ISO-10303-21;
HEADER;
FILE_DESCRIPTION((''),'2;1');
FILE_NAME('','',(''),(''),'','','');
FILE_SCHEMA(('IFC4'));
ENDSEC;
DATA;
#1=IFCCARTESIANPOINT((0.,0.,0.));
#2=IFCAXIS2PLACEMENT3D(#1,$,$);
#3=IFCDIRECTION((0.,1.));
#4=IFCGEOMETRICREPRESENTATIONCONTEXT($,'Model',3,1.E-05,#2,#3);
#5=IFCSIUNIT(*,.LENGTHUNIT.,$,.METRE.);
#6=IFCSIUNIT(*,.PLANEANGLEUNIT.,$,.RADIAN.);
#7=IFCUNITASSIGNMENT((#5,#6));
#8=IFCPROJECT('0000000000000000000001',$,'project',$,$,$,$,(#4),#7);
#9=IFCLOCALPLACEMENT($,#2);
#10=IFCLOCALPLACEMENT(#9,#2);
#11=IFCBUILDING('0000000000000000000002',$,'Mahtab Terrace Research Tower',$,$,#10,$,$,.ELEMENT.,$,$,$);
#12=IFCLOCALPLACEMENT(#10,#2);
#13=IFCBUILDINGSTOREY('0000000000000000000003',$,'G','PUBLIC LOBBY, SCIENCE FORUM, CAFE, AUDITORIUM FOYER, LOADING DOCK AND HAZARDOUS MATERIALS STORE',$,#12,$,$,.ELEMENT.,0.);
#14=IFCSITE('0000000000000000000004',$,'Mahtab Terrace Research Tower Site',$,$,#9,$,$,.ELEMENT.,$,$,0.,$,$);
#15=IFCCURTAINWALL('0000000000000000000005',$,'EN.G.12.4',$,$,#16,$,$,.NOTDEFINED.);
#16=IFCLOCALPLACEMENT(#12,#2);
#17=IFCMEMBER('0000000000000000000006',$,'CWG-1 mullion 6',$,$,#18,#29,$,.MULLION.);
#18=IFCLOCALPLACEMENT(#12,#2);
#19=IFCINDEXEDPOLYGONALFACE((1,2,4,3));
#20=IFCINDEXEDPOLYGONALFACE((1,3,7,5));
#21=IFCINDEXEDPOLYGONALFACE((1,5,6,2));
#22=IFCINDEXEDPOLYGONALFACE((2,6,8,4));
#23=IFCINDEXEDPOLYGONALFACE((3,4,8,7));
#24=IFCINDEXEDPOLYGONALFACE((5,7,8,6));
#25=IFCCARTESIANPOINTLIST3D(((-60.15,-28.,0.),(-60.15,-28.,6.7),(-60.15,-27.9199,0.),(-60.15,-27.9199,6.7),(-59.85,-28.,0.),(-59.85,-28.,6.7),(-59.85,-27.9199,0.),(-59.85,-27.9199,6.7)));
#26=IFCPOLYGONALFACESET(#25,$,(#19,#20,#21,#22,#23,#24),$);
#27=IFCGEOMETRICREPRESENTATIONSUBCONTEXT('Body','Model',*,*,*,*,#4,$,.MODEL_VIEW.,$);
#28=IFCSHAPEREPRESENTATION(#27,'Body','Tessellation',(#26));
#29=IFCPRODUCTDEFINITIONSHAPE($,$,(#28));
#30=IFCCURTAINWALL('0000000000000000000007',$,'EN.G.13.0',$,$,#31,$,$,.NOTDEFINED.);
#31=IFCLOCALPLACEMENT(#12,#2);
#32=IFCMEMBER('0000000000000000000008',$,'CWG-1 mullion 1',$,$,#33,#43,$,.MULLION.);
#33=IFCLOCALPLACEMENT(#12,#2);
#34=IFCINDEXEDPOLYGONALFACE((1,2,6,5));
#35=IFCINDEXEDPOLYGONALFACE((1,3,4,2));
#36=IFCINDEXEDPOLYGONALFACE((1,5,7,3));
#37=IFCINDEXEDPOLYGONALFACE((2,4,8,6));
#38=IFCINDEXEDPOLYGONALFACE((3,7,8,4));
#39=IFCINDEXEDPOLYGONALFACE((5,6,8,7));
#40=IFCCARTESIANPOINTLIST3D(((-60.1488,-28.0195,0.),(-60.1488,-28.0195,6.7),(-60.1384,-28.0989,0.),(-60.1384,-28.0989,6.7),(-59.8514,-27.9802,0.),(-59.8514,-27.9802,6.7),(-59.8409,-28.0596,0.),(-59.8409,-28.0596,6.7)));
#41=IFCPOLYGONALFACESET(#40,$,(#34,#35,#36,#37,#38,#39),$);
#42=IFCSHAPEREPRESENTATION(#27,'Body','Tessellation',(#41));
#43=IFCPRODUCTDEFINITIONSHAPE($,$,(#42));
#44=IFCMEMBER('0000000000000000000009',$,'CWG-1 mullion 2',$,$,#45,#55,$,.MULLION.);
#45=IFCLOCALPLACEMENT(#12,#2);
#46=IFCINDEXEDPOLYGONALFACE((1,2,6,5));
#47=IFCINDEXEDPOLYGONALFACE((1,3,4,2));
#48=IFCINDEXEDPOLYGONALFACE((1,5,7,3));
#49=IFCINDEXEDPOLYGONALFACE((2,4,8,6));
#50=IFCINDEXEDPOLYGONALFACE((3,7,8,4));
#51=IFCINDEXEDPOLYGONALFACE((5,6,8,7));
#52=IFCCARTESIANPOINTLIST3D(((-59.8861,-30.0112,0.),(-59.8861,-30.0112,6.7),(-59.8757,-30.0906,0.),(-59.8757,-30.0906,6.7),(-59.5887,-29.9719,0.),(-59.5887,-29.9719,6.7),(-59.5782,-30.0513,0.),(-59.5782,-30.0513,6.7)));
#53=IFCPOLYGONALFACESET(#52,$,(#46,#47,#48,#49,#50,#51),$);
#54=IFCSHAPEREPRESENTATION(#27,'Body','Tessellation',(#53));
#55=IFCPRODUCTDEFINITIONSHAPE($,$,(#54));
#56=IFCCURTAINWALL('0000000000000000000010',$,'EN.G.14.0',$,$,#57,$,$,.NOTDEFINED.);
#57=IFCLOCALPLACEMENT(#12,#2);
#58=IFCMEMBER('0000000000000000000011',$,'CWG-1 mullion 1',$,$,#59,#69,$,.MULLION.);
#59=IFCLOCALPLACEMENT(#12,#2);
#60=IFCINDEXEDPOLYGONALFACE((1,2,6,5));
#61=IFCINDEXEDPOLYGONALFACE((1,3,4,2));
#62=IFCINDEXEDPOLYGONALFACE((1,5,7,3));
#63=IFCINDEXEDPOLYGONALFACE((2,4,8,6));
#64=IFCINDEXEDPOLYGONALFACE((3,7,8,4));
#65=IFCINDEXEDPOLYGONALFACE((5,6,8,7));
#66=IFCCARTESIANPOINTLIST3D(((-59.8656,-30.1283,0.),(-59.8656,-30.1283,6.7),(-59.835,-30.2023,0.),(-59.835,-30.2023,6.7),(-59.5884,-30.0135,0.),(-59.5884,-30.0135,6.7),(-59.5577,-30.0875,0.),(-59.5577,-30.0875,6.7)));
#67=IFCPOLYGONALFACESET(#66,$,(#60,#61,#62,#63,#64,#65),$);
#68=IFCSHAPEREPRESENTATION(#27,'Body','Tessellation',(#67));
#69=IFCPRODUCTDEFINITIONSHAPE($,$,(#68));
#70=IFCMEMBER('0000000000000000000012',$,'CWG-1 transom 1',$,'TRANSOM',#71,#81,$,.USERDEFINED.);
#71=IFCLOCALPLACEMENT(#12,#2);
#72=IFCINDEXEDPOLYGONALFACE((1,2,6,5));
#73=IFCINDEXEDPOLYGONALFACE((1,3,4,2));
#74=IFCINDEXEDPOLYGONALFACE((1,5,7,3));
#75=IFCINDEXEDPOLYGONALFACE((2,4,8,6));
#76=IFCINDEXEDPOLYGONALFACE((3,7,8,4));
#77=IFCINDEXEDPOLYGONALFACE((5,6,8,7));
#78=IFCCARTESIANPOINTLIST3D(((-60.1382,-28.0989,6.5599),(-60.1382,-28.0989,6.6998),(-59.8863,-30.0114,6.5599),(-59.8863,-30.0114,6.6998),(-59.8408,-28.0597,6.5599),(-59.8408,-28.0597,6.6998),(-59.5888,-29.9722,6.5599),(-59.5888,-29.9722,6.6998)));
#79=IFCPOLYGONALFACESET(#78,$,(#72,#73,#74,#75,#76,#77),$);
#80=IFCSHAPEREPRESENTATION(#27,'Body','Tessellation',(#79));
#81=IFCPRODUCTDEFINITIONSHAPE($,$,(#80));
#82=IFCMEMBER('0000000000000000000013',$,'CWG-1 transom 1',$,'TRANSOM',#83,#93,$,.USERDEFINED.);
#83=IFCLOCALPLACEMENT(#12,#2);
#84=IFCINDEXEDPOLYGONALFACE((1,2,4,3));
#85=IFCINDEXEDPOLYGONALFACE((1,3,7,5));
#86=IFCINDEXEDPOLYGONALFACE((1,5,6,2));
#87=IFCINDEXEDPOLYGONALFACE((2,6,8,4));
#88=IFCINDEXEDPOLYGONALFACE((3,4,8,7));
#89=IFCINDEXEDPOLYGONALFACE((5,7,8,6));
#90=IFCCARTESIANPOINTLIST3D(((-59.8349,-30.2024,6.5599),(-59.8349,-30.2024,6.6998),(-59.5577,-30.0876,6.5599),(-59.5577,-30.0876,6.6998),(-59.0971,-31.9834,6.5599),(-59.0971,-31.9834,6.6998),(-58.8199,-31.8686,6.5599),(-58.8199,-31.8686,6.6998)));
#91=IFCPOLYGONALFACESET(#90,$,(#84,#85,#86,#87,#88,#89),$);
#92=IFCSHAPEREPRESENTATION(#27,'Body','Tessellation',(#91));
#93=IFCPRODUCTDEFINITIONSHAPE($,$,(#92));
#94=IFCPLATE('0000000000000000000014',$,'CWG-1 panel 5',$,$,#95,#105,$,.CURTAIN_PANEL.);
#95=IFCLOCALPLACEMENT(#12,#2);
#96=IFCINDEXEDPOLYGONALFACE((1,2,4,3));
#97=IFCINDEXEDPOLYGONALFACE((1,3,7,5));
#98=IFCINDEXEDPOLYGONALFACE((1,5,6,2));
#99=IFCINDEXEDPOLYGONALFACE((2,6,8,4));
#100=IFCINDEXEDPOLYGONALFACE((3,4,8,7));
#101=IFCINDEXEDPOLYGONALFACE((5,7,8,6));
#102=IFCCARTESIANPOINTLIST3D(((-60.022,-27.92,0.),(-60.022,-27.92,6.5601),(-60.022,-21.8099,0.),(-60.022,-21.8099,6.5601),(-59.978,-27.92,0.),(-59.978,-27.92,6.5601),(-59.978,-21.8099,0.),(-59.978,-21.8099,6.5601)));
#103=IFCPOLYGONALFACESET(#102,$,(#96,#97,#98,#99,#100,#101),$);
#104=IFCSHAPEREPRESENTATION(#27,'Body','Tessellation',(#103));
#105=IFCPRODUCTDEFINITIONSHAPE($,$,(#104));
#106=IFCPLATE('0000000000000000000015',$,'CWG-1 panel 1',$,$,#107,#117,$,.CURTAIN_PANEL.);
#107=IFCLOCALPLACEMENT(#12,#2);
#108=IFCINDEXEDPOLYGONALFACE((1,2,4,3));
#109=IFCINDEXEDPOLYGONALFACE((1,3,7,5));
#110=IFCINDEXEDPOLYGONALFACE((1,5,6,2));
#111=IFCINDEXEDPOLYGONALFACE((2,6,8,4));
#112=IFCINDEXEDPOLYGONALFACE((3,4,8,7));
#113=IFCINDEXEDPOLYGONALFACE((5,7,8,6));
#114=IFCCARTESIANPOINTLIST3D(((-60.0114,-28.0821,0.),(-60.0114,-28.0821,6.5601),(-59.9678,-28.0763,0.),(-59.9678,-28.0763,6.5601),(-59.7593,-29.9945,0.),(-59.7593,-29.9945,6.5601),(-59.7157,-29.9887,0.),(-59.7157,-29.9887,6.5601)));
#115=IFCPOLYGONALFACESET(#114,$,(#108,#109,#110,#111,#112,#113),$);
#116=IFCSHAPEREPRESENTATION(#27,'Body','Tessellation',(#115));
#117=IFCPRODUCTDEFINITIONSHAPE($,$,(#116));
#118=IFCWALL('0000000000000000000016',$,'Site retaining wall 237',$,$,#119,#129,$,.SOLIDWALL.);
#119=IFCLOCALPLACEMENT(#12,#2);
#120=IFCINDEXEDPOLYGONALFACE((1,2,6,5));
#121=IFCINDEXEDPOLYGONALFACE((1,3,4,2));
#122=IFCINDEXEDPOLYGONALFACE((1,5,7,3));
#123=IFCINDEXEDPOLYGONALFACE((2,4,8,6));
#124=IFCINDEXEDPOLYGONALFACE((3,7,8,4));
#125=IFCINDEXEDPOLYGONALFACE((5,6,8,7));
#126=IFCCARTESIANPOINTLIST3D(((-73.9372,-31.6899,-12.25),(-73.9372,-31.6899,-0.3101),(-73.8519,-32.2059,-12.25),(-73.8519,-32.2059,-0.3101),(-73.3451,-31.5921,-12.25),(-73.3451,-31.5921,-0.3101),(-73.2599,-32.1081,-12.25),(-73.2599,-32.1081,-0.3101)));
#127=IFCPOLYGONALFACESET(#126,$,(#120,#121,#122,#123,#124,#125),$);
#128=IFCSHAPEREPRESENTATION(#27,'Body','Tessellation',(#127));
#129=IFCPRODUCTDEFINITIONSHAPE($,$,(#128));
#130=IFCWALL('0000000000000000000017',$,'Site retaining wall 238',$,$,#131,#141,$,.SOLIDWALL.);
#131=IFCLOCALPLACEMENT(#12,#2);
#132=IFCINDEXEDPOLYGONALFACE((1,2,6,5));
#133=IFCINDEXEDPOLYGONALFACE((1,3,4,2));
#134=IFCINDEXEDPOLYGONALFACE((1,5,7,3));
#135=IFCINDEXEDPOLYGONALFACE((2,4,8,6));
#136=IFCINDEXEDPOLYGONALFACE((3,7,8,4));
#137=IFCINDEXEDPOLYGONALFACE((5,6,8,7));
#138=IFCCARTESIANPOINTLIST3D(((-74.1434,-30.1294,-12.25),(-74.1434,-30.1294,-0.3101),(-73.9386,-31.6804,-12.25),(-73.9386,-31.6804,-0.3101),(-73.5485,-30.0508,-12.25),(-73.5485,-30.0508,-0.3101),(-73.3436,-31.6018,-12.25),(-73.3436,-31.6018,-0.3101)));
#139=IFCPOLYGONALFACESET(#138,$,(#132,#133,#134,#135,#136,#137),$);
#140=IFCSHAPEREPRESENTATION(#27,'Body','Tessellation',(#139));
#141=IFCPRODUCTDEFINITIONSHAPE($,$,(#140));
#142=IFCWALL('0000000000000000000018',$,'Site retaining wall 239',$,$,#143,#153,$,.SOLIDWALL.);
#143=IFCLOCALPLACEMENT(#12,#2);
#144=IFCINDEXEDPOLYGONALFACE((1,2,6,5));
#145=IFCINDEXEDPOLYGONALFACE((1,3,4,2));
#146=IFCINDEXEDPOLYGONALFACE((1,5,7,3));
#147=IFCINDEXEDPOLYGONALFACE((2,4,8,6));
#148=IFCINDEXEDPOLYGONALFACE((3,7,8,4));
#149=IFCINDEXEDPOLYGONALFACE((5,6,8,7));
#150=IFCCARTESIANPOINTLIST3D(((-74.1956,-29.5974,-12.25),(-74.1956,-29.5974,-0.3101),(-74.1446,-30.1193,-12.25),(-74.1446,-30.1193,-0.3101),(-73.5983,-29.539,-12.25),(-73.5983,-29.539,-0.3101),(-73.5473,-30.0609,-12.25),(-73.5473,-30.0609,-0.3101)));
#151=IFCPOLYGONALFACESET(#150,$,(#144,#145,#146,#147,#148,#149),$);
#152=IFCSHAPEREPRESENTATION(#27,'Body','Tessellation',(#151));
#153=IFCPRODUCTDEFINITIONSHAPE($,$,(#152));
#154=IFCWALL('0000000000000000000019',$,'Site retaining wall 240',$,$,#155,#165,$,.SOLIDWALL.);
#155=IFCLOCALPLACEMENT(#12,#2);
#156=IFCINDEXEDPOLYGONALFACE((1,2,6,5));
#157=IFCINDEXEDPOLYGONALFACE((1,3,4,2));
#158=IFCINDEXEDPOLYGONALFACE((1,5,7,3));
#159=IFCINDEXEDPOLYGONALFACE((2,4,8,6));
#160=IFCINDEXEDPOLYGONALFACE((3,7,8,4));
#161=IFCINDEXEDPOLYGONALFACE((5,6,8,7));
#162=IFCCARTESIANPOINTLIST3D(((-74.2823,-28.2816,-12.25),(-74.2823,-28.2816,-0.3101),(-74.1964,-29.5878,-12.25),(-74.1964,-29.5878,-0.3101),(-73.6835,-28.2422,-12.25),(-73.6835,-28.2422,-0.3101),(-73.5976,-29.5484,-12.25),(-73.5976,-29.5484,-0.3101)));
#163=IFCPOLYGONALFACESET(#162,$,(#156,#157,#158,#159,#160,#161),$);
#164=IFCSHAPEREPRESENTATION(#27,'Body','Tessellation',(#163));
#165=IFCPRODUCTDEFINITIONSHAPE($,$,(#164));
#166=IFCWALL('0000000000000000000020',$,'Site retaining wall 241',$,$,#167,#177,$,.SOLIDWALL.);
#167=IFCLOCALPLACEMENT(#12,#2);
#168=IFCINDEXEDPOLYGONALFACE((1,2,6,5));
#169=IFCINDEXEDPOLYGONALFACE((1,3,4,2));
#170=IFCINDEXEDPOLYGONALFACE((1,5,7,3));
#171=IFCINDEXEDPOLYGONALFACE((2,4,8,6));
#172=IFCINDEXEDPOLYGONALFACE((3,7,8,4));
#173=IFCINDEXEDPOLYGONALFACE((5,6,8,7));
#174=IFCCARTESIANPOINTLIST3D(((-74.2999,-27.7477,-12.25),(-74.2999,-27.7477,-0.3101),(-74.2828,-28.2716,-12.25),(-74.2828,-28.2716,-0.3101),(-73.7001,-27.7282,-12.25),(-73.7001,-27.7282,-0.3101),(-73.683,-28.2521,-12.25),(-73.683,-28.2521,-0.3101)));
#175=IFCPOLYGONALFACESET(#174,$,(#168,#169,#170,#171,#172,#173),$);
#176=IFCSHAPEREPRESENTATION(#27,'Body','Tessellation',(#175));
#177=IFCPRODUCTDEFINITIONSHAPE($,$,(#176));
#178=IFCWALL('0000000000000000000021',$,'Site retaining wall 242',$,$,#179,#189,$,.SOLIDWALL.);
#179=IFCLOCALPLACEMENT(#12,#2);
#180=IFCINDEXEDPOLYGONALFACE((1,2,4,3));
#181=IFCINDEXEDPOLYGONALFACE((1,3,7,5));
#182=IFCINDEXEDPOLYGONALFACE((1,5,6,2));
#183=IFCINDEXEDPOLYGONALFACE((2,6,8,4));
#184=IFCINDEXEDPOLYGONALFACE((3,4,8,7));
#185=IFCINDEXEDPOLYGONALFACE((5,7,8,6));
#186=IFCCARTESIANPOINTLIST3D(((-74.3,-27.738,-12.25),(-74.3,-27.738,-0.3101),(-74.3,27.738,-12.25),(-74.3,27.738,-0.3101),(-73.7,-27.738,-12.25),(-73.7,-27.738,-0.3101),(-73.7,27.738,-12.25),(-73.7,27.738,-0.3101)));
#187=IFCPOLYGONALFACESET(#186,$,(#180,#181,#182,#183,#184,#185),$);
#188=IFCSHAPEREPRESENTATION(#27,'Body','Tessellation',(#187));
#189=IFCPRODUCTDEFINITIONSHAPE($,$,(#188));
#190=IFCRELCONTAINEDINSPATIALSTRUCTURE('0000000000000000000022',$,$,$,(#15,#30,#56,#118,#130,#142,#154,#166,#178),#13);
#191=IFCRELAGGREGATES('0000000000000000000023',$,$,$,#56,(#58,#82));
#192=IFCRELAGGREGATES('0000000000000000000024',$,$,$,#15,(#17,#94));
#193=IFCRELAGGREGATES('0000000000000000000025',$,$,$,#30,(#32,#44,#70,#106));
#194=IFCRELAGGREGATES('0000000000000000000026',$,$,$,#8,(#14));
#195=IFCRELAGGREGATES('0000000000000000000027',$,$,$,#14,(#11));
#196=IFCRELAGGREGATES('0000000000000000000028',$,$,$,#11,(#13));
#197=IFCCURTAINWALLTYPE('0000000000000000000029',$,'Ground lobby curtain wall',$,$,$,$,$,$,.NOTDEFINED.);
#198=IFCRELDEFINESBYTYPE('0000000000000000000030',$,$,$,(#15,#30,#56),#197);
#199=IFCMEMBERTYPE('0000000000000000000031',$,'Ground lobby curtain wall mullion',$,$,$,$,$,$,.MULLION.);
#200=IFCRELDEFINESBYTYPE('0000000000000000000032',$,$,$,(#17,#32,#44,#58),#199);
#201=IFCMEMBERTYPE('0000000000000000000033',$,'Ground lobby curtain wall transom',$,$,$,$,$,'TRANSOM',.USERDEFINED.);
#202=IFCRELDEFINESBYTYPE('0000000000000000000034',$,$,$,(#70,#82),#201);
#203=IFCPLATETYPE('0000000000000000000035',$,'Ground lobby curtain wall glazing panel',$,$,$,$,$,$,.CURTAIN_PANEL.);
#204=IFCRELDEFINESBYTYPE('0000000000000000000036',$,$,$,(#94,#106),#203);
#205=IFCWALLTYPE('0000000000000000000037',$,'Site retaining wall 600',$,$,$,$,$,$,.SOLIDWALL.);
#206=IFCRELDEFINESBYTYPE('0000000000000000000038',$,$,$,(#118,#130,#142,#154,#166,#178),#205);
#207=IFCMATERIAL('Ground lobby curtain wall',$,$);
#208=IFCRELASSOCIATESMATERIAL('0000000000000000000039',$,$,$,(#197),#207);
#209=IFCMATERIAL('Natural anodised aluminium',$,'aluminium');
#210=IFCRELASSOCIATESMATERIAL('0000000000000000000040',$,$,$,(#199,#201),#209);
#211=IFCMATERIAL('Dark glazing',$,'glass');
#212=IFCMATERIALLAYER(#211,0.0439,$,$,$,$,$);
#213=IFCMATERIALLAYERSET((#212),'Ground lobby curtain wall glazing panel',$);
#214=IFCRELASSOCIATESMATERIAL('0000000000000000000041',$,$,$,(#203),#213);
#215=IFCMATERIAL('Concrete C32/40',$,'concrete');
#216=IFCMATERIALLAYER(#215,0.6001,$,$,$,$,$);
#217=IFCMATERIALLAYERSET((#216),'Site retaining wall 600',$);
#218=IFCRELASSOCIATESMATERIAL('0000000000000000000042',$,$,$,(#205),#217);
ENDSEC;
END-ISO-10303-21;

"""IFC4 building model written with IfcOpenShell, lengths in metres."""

from ifc_helpers import new_model, si_unit, direction, frame, frame_2d, origin, origin_2d, place, context, subcontext, project, spatial, rectangle, extrude, material, layer, layer_set, material_profile, profile_set, type_object, element, aggregate, save


model = new_model("IFC4")

# Units and contexts
model_context = context("Model", 3, precision=1e-05, world=origin(), true_north=direction((0.0, 1.0)))
body_context = subcontext(model_context, "Body", "Model", "MODEL_VIEW")
ifc_project = project(units=[si_unit("LENGTHUNIT", "METRE"), si_unit("PLANEANGLEUNIT", "RADIAN")], contexts=[model_context])

# Site, building, storey
site_placement = place(None, origin())
site = spatial("IfcSite", under=ifc_project, at=site_placement, Name="Mahtab Terrace Research Tower Site", CompositionType="ELEMENT", RefElevation=0.0)
building_placement = place(site_placement, origin())
building = spatial("IfcBuilding", under=site, at=building_placement, Name="Mahtab Terrace Research Tower", CompositionType="ELEMENT")
storey_placement = place(building_placement, origin())
storey = spatial("IfcBuildingStorey", under=building, at=storey_placement, Name="G", Description="PUBLIC LOBBY, SCIENCE FORUM, CAFE, AUDITORIUM FOYER, LOADING DOCK AND HAZARDOUS MATERIALS STORE", CompositionType="ELEMENT", Elevation=0.0)

# Curtain wall, member
ifc_material_1 = material(Name="Ground lobby curtain wall")
curtain_wall_type = type_object("IfcCurtainWallType", Name="Ground lobby curtain wall", PredefinedType="NOTDEFINED", material=ifc_material_1)
curtain_wall_1_placement = place(storey_placement, origin())
curtain_wall_1 = element("IfcCurtainWall", 1, at=curtain_wall_1_placement, inside=storey, type_object=curtain_wall_type, Name="EN.G.12.4", PredefinedType="NOTDEFINED")
ifc_material_2 = material(Name="Natural anodised aluminium", Category="aluminium")
ifc_material_profile_1 = material_profile(ifc_material_2, rectangle(XDim=0.3, YDim=0.0801, at=origin_2d()), Name="MULLION 80x300")
ifc_profile_set_1 = profile_set([ifc_material_profile_1], Name="Natural anodised aluminium")
member_type_1 = type_object("IfcMemberType", Name="Ground lobby curtain wall mullion", PredefinedType="MULLION", material=ifc_profile_set_1)
member_1_placement = place(storey_placement, frame((-60.0, -27.96, 0.0), z_axis=(0.0, 0.0, 1.0), x_axis=(1.0, 0.0, 0.0)))
member_1 = element("IfcMember", 2, at=member_1_placement, type_object=member_type_1, Name="CWG-1 mullion 6", PredefinedType="MULLION", context=body_context, shape_type="SweptSolid", body=[
    extrude(rectangle(XDim=0.3, YDim=0.0801, at=origin_2d()), origin(), (0.0, 0.0, 1.0), 6.7),
])

# Curtain wall, members
curtain_wall_2_placement = place(storey_placement, origin())
curtain_wall_2 = element("IfcCurtainWall", 3, at=curtain_wall_2_placement, inside=storey, type_object=curtain_wall_type, Name="EN.G.13.0", PredefinedType="NOTDEFINED")
member_2_placement = place(storey_placement, frame((-59.9949, -28.0396, 0.0), z_axis=(0.0, 0.0, 1.0), x_axis=(0.991423, 0.13069, 0.0)))
member_2 = element("IfcMember", 4, at=member_2_placement, type_object=member_type_1, Name="CWG-1 mullion 1", PredefinedType="MULLION", context=body_context, shape_type="SweptSolid", body=[
    extrude(rectangle(XDim=0.3, YDim=0.0801, at=origin_2d()), origin(), (0.0, 0.0, 1.0), 6.7),
])
member_3_placement = place(storey_placement, frame((-59.7322, -30.0312, 0.0), z_axis=(0.0, 0.0, 1.0), x_axis=(0.991423, 0.13069, 0.0)))
member_3 = element("IfcMember", 5, at=member_3_placement, type_object=member_type_1, Name="CWG-1 mullion 2", PredefinedType="MULLION", context=body_context, shape_type="SweptSolid", body=[
    extrude(rectangle(XDim=0.3, YDim=0.0801, at=origin_2d()), origin(), (0.0, 0.0, 1.0), 6.7),
])

# Curtain wall, member
curtain_wall_3_placement = place(storey_placement, origin())
curtain_wall_3 = element("IfcCurtainWall", 6, at=curtain_wall_3_placement, inside=storey, type_object=curtain_wall_type, Name="EN.G.14.0", PredefinedType="NOTDEFINED")
member_4_placement = place(storey_placement, frame((-59.7117, -30.1079, 0.0), z_axis=(0.0, 0.0, 1.0), x_axis=(0.923883, 0.382676, 0.0)))
member_4 = element("IfcMember", 7, at=member_4_placement, type_object=member_type_1, Name="CWG-1 mullion 1", PredefinedType="MULLION", context=body_context, shape_type="SweptSolid", body=[
    extrude(rectangle(XDim=0.3, YDim=0.0801, at=origin_2d()), origin(), (0.0, 0.0, 1.0), 6.7),
])

# Members
ifc_material_profile_2 = material_profile(ifc_material_2, rectangle(XDim=0.3, YDim=0.1399, at=origin_2d()), Name="TRANSOM 140x300")
ifc_profile_set_2 = profile_set([ifc_material_profile_2], Name="Natural anodised aluminium")
member_type_2 = type_object("IfcMemberType", Name="Ground lobby curtain wall transom", ElementType="TRANSOM", PredefinedType="USERDEFINED", material=ifc_profile_set_2)
member_5_placement = place(storey_placement, frame((-59.9895, -28.0793, 6.6299), z_axis=(0.130621, -0.991432, 0.0), x_axis=(0.991432, 0.130621, 0.0)))
member_5 = element("IfcMember", 8, at=member_5_placement, type_object=member_type_2, Name="CWG-1 transom 1", ObjectType="TRANSOM", PredefinedType="USERDEFINED", context=body_context, shape_type="SweptSolid", body=[
    extrude(rectangle(XDim=0.3, YDim=0.1399, at=origin_2d()), origin(), (0.0, 0.0, 1.0), 1.929),
])
member_6_placement = place(storey_placement, frame((-59.6963, -30.145, 6.6299), z_axis=(0.382717, -0.923866, 0.0), x_axis=(0.923866, 0.382717, 0.0)))
member_6 = element("IfcMember", 9, at=member_6_placement, type_object=member_type_2, Name="CWG-1 transom 1", ObjectType="TRANSOM", PredefinedType="USERDEFINED", context=body_context, shape_type="SweptSolid", body=[
    extrude(rectangle(XDim=0.3, YDim=0.1399, at=origin_2d()), origin(), (0.0, 0.0, 1.0), 1.9277),
])
aggregate(curtain_wall_3, [member_4, member_6])

# Plates
ifc_material_3 = material(Name="Dark glazing", Category="glass")
ifc_layer_1 = layer(ifc_material_3, 0.0439)
ifc_layer_set_1 = layer_set([ifc_layer_1], Name="Ground lobby curtain wall glazing panel")
plate_type = type_object("IfcPlateType", Name="Ground lobby curtain wall glazing panel", PredefinedType="CURTAIN_PANEL", material=ifc_layer_set_1)
plate_1_placement = place(storey_placement, frame((-60.0, -24.865, 0.0), z_axis=(0.0, 0.0, 1.0), x_axis=(0.0, -1.0, 0.0)))
plate_1 = element("IfcPlate", 10, at=plate_1_placement, type_object=plate_type, Name="CWG-1 panel 5", PredefinedType="CURTAIN_PANEL", context=body_context, shape_type="SweptSolid", body=[
    extrude(rectangle(XDim=6.1101, YDim=0.0439, at=origin_2d()), origin(), (0.0, 0.0, 1.0), 6.5601),
])
aggregate(curtain_wall_1, [member_1, plate_1])
plate_2_placement = place(storey_placement, frame((-59.8635, -29.0354, 0.0), z_axis=(0.0, 0.0, 1.0), x_axis=(0.13069, -0.991423, 0.0)))
plate_2 = element("IfcPlate", 11, at=plate_2_placement, type_object=plate_type, Name="CWG-1 panel 1", PredefinedType="CURTAIN_PANEL", context=body_context, shape_type="SweptSolid", body=[
    extrude(rectangle(XDim=1.929, YDim=0.0439, at=origin_2d()), origin(), (0.0, 0.0, 1.0), 6.5601),
])
aggregate(curtain_wall_2, [member_2, member_3, member_5, plate_2])

# Walls
ifc_material_4 = material(Name="Concrete C32/40", Category="concrete")
ifc_layer_2 = layer(ifc_material_4, 0.6001)
ifc_layer_set_2 = layer_set([ifc_layer_2], Name="Site retaining wall 600")
wall_type_1 = type_object("IfcWallType", Name="Site retaining wall 600", PredefinedType="SOLIDWALL", material=ifc_layer_set_2)
wall_1_placement = place(storey_placement, frame((-73.5559, -32.157, -12.25), z_axis=(0.0, 0.0, 1.0), x_axis=(-0.16296, 0.986633, 0.0)))
element("IfcWall", 12, at=wall_1_placement, inside=storey, type_object=wall_type_1, Name="Site retaining wall 237", PredefinedType="SOLIDWALL", context=body_context, shape_type="SweptSolid", body=[
    extrude(rectangle(XDim=0.5229, YDim=0.6001, at=frame_2d((0.2615, 0.0))), origin(), (0.0, 0.0, 1.0), 11.9399),
])
wall_2_placement = place(storey_placement, frame((-73.6411, -31.6411, -12.25), z_axis=(0.0, 0.0, 1.0), x_axis=(-0.130927, 0.991392, 0.0)))
element("IfcWall", 13, at=wall_2_placement, inside=storey, type_object=wall_type_1, Name="Site retaining wall 238", PredefinedType="SOLIDWALL", context=body_context, shape_type="SweptSolid", body=[
    extrude(rectangle(XDim=1.5645, YDim=0.6001, at=frame_2d((0.7822, 0.0))), origin(), (0.0, 0.0, 1.0), 11.9399),
])
wall_3_placement = place(storey_placement, frame((-73.8459, -30.0901, -12.25), z_axis=(0.0, 0.0, 1.0), x_axis=(-0.097291, 0.995256, 0.0)))
element("IfcWall", 14, at=wall_3_placement, inside=storey, type_object=wall_type_1, Name="Site retaining wall 239", PredefinedType="SOLIDWALL", context=body_context, shape_type="SweptSolid", body=[
    extrude(rectangle(XDim=0.5244, YDim=0.6001, at=frame_2d((0.2622, 0.0))), origin(), (0.0, 0.0, 1.0), 11.9399),
])
wall_4_placement = place(storey_placement, frame((-73.897, -29.5681, -12.25), z_axis=(0.0, 0.0, 1.0), x_axis=(-0.065652, 0.997843, 0.0)))
element("IfcWall", 15, at=wall_4_placement, inside=storey, type_object=wall_type_1, Name="Site retaining wall 240", PredefinedType="SOLIDWALL", context=body_context, shape_type="SweptSolid", body=[
    extrude(rectangle(XDim=1.3091, YDim=0.6001, at=frame_2d((0.6545, 0.0))), origin(), (0.0, 0.0, 1.0), 11.9399),
])
wall_5_placement = place(storey_placement, frame((-73.9829, -28.262, -12.25), z_axis=(0.0, 0.0, 1.0), x_axis=(-0.032601, 0.999468, 0.0)))
element("IfcWall", 16, at=wall_5_placement, inside=storey, type_object=wall_type_1, Name="Site retaining wall 241", PredefinedType="SOLIDWALL", context=body_context, shape_type="SweptSolid", body=[
    extrude(rectangle(XDim=0.5242, YDim=0.6001, at=frame_2d((0.2622, 0.0))), origin(), (0.0, 0.0, 1.0), 11.9399),
])
wall_6_placement = place(storey_placement, frame((-74.0, -27.738, -12.25), z_axis=(0.0, 0.0, 1.0), x_axis=(0.0, 1.0, 0.0)))
element("IfcWall", 17, at=wall_6_placement, inside=storey, type_object=wall_type_1, Name="Site retaining wall 242", PredefinedType="SOLIDWALL", context=body_context, shape_type="SweptSolid", body=[
    extrude(rectangle(XDim=55.4761, YDim=0.6001, at=frame_2d((27.738, 0.0))), origin(), (0.0, 0.0, 1.0), 11.9399),
])

save(model, "model.ifc")
